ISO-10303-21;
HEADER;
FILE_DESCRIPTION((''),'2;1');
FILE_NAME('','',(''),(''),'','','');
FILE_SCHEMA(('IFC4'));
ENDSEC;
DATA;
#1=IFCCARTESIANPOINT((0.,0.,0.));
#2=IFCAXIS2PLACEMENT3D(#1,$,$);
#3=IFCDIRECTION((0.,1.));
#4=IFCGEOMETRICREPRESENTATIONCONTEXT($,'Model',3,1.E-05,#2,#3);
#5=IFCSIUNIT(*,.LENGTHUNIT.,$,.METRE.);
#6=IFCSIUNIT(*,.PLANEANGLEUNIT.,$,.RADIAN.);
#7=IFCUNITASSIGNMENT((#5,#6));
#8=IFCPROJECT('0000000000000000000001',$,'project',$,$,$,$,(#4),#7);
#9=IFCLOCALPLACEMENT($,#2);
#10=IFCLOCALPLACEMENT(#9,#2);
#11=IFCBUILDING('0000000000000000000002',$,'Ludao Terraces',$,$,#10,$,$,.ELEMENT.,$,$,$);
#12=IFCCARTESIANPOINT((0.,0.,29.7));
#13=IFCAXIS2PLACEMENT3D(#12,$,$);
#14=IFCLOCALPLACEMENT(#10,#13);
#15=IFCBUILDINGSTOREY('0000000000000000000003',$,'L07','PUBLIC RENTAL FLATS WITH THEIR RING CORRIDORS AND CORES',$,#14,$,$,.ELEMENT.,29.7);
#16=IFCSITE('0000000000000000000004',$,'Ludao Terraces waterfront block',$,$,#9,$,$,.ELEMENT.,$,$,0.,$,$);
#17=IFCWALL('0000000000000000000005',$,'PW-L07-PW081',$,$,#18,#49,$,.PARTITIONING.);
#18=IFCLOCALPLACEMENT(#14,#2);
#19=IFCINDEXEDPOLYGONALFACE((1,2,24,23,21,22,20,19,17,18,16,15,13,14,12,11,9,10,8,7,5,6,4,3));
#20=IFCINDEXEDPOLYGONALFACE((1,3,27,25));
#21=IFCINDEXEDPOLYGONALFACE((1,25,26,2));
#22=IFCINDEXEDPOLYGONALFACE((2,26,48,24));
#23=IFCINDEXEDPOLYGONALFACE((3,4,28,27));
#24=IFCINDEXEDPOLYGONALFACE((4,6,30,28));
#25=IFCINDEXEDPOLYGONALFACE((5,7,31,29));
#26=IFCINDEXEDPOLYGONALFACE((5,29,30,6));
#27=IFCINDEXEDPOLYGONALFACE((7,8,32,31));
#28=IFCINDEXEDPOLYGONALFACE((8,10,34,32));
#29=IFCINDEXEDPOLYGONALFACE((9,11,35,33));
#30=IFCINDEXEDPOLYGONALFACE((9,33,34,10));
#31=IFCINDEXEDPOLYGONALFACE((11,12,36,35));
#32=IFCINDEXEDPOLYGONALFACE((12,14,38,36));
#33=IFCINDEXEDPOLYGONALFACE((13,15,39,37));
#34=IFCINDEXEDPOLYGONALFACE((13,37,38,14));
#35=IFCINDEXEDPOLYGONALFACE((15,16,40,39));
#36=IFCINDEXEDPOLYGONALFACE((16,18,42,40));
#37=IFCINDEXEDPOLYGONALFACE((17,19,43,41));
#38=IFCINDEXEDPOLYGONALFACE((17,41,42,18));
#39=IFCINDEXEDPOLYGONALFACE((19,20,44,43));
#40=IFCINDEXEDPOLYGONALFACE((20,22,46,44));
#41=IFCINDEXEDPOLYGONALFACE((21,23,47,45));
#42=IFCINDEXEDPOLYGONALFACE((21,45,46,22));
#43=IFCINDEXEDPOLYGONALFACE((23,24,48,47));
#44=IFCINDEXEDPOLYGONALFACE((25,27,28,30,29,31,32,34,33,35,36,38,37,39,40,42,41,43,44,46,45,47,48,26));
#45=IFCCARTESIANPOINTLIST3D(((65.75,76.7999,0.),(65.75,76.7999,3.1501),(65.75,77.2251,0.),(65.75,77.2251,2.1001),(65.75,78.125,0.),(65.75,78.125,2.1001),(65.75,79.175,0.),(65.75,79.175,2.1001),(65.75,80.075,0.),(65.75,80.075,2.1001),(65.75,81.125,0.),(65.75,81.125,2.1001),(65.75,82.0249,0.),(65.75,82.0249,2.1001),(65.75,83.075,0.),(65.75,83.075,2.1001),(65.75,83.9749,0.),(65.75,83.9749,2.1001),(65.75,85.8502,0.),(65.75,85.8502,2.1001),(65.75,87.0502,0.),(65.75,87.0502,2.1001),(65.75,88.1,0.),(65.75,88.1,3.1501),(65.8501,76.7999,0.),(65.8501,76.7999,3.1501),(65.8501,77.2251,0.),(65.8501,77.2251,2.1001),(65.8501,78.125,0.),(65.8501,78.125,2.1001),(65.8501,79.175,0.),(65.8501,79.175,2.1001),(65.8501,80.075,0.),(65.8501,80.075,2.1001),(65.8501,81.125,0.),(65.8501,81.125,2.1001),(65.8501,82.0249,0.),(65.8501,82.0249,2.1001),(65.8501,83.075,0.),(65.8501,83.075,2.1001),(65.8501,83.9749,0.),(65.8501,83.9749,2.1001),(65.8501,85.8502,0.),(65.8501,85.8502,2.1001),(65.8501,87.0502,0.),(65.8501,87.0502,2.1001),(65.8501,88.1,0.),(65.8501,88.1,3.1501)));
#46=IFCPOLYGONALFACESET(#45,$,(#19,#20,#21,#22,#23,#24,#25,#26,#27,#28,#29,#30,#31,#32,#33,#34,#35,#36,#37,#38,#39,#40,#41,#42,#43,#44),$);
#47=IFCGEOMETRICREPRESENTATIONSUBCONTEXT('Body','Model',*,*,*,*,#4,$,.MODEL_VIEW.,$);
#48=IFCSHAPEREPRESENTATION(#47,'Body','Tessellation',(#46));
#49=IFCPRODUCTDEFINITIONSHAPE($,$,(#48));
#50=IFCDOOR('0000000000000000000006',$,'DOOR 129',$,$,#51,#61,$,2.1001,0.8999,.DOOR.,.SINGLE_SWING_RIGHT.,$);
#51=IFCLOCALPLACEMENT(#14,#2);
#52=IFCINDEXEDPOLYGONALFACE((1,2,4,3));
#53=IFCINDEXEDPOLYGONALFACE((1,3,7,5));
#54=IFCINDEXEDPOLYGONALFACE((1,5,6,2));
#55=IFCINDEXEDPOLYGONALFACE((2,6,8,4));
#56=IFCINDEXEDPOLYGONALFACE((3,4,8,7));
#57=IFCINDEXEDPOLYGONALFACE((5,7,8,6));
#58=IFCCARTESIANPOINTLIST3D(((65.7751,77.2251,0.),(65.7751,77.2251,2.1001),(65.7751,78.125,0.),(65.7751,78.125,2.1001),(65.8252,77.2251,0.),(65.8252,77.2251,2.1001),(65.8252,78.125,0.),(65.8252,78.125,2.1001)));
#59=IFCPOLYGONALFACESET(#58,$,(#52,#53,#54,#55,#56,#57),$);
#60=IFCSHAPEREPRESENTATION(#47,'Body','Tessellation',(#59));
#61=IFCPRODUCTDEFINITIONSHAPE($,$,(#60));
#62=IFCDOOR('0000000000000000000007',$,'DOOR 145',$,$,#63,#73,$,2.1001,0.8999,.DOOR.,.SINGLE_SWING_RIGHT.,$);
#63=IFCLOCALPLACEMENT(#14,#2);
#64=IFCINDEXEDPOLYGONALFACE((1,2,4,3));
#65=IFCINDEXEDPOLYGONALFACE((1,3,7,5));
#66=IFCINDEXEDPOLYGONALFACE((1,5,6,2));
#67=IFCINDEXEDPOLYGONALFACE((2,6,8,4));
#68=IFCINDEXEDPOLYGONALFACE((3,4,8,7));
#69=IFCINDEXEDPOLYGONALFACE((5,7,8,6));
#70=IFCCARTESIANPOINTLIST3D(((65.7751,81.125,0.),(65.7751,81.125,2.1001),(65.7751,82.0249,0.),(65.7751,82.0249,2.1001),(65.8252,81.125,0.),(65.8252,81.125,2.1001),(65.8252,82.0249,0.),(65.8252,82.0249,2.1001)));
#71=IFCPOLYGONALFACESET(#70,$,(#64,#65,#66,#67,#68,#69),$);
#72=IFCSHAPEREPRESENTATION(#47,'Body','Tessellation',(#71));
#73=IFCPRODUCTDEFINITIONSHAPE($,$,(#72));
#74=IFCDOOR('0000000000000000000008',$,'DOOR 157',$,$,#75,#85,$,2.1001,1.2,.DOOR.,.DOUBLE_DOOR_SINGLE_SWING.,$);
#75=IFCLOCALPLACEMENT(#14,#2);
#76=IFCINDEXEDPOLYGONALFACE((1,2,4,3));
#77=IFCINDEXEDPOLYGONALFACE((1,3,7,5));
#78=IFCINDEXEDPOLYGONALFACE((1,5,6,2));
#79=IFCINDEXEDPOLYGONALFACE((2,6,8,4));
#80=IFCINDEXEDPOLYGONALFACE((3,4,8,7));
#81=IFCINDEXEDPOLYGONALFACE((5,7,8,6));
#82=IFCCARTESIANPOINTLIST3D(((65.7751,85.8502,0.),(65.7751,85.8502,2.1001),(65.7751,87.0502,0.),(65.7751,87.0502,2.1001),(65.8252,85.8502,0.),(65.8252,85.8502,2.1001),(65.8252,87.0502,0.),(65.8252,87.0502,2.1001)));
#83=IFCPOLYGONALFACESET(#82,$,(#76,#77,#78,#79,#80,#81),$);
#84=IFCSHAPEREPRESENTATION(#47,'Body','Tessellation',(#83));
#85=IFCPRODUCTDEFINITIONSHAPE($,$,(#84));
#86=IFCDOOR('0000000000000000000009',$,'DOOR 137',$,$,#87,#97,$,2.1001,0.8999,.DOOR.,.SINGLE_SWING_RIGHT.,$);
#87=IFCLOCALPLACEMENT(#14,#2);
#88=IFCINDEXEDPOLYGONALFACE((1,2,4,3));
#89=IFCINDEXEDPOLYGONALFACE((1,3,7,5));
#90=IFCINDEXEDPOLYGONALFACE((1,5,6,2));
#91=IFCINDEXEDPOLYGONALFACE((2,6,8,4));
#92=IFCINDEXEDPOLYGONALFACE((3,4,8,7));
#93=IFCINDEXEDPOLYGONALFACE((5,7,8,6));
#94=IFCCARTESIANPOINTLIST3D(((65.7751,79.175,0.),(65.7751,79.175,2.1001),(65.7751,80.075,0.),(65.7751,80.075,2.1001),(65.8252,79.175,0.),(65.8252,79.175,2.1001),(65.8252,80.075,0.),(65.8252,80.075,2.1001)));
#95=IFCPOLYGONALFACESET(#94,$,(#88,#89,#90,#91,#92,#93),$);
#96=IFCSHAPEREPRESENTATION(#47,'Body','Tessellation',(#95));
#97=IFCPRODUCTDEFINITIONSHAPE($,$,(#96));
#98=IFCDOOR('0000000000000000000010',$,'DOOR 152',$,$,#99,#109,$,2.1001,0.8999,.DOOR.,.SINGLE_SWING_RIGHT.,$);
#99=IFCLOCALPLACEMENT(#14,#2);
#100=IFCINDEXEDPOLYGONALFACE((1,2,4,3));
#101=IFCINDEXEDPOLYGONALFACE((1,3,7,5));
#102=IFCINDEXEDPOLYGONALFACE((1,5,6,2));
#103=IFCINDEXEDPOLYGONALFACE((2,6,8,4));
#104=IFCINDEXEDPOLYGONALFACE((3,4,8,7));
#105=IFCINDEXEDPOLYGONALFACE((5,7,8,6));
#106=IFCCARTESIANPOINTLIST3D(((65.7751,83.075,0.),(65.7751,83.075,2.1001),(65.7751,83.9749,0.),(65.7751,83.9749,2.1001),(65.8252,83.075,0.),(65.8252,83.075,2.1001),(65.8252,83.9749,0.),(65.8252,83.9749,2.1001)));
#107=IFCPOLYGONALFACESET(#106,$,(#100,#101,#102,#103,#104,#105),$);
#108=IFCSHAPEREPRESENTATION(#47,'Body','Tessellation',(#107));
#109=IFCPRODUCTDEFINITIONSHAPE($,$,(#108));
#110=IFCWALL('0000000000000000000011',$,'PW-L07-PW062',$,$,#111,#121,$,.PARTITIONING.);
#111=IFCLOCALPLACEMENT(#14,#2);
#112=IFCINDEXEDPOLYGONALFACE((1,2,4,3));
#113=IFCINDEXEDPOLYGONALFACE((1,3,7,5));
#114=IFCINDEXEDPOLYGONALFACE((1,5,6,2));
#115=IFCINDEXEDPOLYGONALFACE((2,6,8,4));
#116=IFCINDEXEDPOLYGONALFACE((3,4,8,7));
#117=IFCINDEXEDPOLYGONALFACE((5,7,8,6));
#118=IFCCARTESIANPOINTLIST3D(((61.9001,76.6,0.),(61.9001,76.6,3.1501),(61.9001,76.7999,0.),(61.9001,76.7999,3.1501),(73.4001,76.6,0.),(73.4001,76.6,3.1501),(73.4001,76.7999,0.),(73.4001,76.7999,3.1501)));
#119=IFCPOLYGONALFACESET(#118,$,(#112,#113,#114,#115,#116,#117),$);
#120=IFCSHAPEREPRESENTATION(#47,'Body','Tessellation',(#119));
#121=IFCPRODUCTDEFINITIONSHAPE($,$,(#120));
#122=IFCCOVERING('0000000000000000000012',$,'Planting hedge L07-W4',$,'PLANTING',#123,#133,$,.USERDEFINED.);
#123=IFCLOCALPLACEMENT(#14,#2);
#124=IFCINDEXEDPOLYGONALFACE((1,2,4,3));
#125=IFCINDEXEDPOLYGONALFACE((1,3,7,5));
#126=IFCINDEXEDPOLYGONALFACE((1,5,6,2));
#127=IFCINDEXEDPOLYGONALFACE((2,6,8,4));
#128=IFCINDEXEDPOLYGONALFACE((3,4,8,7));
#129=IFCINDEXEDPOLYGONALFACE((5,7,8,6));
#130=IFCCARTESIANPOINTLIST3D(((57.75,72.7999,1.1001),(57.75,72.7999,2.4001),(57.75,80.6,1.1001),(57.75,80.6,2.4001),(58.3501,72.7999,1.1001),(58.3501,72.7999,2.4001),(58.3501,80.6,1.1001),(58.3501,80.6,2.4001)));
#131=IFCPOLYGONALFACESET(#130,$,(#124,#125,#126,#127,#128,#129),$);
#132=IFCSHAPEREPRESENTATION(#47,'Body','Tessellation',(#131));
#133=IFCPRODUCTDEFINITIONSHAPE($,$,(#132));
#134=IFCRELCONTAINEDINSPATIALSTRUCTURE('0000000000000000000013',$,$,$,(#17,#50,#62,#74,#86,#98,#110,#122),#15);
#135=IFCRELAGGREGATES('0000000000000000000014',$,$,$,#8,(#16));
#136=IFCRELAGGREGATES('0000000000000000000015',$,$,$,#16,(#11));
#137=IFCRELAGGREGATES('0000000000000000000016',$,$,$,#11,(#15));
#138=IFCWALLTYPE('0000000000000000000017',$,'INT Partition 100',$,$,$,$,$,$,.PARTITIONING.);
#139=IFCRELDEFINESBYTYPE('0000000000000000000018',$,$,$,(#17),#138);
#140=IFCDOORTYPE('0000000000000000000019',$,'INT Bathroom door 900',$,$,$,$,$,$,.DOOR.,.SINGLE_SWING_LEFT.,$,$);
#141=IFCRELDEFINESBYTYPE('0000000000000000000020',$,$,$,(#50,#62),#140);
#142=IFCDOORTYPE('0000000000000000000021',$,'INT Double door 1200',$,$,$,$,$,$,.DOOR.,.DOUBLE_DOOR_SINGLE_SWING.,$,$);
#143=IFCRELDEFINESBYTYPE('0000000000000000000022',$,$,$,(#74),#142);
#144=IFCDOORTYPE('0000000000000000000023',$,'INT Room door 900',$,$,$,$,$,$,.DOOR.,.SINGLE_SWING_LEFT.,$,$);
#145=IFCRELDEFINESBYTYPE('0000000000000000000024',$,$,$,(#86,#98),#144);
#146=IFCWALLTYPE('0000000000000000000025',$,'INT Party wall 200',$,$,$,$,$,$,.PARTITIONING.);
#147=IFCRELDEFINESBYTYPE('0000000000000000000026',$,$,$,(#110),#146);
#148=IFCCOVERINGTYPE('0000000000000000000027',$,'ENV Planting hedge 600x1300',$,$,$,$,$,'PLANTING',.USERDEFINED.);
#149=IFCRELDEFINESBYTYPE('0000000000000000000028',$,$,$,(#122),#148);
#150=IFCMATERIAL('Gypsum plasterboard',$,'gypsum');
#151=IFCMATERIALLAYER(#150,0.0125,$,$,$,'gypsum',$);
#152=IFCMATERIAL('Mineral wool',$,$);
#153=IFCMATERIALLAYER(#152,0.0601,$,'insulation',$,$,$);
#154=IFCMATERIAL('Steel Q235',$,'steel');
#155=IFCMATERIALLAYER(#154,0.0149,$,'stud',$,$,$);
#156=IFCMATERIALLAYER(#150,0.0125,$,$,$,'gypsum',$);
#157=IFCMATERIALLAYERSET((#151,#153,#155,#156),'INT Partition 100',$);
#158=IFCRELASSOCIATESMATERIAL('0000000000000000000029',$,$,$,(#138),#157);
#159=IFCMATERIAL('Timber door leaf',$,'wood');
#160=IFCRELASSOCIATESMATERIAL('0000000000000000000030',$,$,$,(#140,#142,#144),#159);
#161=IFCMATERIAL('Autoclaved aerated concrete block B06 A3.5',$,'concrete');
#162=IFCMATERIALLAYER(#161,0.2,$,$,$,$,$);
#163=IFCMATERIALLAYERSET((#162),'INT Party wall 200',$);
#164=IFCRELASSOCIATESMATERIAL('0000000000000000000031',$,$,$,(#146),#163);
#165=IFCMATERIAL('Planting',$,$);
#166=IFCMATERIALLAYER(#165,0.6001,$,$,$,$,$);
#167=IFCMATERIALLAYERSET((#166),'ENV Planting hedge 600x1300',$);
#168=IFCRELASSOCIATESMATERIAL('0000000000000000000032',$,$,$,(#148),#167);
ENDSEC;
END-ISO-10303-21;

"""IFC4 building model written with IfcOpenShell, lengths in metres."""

from ifc_helpers import new_model, si_unit, direction, frame, frame_2d, origin, origin_2d, place, context, subcontext, project, spatial, rectangle, extrude, material, layer, layer_set, type_object, element, fill, save


model = new_model("IFC4")

# Units and contexts
model_context = context("Model", 3, precision=1e-05, world=origin(), true_north=direction((0.0, 1.0)))
body_context = subcontext(model_context, "Body", "Model", "MODEL_VIEW")
ifc_project = project(units=[si_unit("LENGTHUNIT", "METRE"), si_unit("PLANEANGLEUNIT", "RADIAN")], contexts=[model_context])

# Site, building, storey
site_placement = place(None, origin())
site = spatial("IfcSite", under=ifc_project, at=site_placement, Name="Ludao Terraces waterfront block", CompositionType="ELEMENT", RefElevation=0.0)
building_placement = place(site_placement, origin())
building = spatial("IfcBuilding", under=site, at=building_placement, Name="Ludao Terraces", CompositionType="ELEMENT")
storey_placement = place(building_placement, frame((0.0, 0.0, 29.7)))
storey = spatial("IfcBuildingStorey", under=building, at=storey_placement, Name="L07", Description="PUBLIC RENTAL FLATS WITH THEIR RING CORRIDORS AND CORES", CompositionType="ELEMENT", Elevation=29.7)

# Shared definitions
ifc_material_1 = material(Name="Mineral wool")

# Shared definitions
ifc_material_2 = material(Name="Gypsum plasterboard", Category="gypsum")
ifc_layer_1 = layer(ifc_material_2, 0.0125, Category="gypsum")
ifc_layer_2 = layer(ifc_material_1, 0.0601, Name="insulation")
ifc_material_3 = material(Name="Steel Q235", Category="steel")
ifc_layer_3 = layer(ifc_material_3, 0.0149, Name="stud")
ifc_layer_4 = layer(ifc_material_2, 0.0125, Category="gypsum")
ifc_layer_set_1 = layer_set([ifc_layer_1, ifc_layer_2, ifc_layer_3, ifc_layer_4], Name="INT Partition 100")
wall_type_1 = type_object("IfcWallType", Name="INT Partition 100", PredefinedType="PARTITIONING", material=ifc_layer_set_1)

# Wall, openings, doors
wall_1_placement = place(storey_placement, frame((65.8, 76.8, 0.0), z_axis=(0.0, 0.0, 1.0), x_axis=(0.0, 1.0, 0.0)))
wall_1 = element("IfcWall", 1, at=wall_1_placement, inside=storey, type_object=wall_type_1, Name="PW-L07-PW081", PredefinedType="PARTITIONING", context=body_context, shape_type="SweptSolid", body=[
    extrude(rectangle(XDim=11.3, YDim=0.1001, at=frame_2d((5.6499, 0.0))), origin(), (0.0, 0.0, 1.0), 3.1501),
])
opening_1_placement = place(wall_1_placement, frame((0.425, 0.0, 0.0)))
opening_1 = element("IfcOpeningElement", 2, at=opening_1_placement, cuts=wall_1, PredefinedType="OPENING", context=body_context, shape_type="SweptSolid", body=[
    extrude(rectangle(XDim=0.8999, YDim=2.1001, at=frame_2d((0.45, 1.05))), frame((0.0, 0.0601, 0.0), z_axis=(0.0, -1.0, 0.0), x_axis=(1.0, 0.0, 0.0)), (0.0, 0.0, 1.0), 0.1201),
])
opening_2_placement = place(wall_1_placement, frame((2.375, 0.0, 0.0)))
opening_2 = element("IfcOpeningElement", 3, at=opening_2_placement, cuts=wall_1, PredefinedType="OPENING", context=body_context, shape_type="SweptSolid", body=[
    extrude(rectangle(XDim=0.8999, YDim=2.1001, at=frame_2d((0.45, 1.05))), frame((0.0, 0.0601, 0.0), z_axis=(0.0, -1.0, 0.0), x_axis=(1.0, 0.0, 0.0)), (0.0, 0.0, 1.0), 0.1201),
])
opening_3_placement = place(wall_1_placement, frame((4.325, 0.0, 0.0)))
opening_3 = element("IfcOpeningElement", 4, at=opening_3_placement, cuts=wall_1, PredefinedType="OPENING", context=body_context, shape_type="SweptSolid", body=[
    extrude(rectangle(XDim=0.8999, YDim=2.1001, at=frame_2d((0.45, 1.05))), frame((0.0, 0.0601, 0.0), z_axis=(0.0, -1.0, 0.0), x_axis=(1.0, 0.0, 0.0)), (0.0, 0.0, 1.0), 0.1201),
])
opening_4_placement = place(wall_1_placement, frame((6.2749, 0.0, 0.0)))
opening_4 = element("IfcOpeningElement", 5, at=opening_4_placement, cuts=wall_1, PredefinedType="OPENING", context=body_context, shape_type="SweptSolid", body=[
    extrude(rectangle(XDim=0.8999, YDim=2.1001, at=frame_2d((0.45, 1.05))), frame((0.0, 0.0601, 0.0), z_axis=(0.0, -1.0, 0.0), x_axis=(1.0, 0.0, 0.0)), (0.0, 0.0, 1.0), 0.1201),
])
opening_5_placement = place(wall_1_placement, frame((9.05, 0.0, 0.0)))
opening_5 = element("IfcOpeningElement", 6, at=opening_5_placement, cuts=wall_1, PredefinedType="OPENING", context=body_context, shape_type="SweptSolid", body=[
    extrude(rectangle(XDim=1.2, YDim=2.1001, at=frame_2d((0.6001, 1.05))), frame((0.0, 0.0601, 0.0), z_axis=(0.0, -1.0, 0.0), x_axis=(1.0, 0.0, 0.0)), (0.0, 0.0, 1.0), 0.1201),
])
ifc_material_4 = material(Name="Timber door leaf", Category="wood")
door_type_1 = type_object("IfcDoorType", Name="INT Bathroom door 900", OperationType="SINGLE_SWING_LEFT", PredefinedType="DOOR", material=ifc_material_4)
door_1_placement = place(opening_1_placement, origin())
door_1 = element("IfcDoor", 7, at=door_1_placement, inside=storey, type_object=door_type_1, Name="DOOR 129", OperationType="SINGLE_SWING_RIGHT", OverallHeight=2.1001, OverallWidth=0.8999, PredefinedType="DOOR", context=body_context, shape_type="SweptSolid", body=[
    extrude(rectangle(XDim=0.8999, YDim=2.1001, at=frame_2d((0.45, 1.05))), frame((0.0, 0.0249, 0.0), z_axis=(0.0, -1.0, 0.0), x_axis=(1.0, 0.0, 0.0)), (0.0, 0.0, 1.0), 0.05),
])
fill(opening_1, door_1)
door_2_placement = place(opening_3_placement, origin())
door_2 = element("IfcDoor", 8, at=door_2_placement, inside=storey, type_object=door_type_1, Name="DOOR 145", OperationType="SINGLE_SWING_RIGHT", OverallHeight=2.1001, OverallWidth=0.8999, PredefinedType="DOOR", context=body_context, shape_type="SweptSolid", body=[
    extrude(rectangle(XDim=0.8999, YDim=2.1001, at=frame_2d((0.45, 1.05))), frame((0.0, 0.0249, 0.0), z_axis=(0.0, -1.0, 0.0), x_axis=(1.0, 0.0, 0.0)), (0.0, 0.0, 1.0), 0.05),
])
fill(opening_3, door_2)
door_type_2 = type_object("IfcDoorType", Name="INT Double door 1200", OperationType="DOUBLE_DOOR_SINGLE_SWING", PredefinedType="DOOR", material=ifc_material_4)
door_3_placement = place(opening_5_placement, origin())
door_3 = element("IfcDoor", 9, at=door_3_placement, inside=storey, type_object=door_type_2, Name="DOOR 157", OperationType="DOUBLE_DOOR_SINGLE_SWING", OverallHeight=2.1001, OverallWidth=1.2, PredefinedType="DOOR", context=body_context, shape_type="SweptSolid", body=[
    extrude(rectangle(XDim=1.2, YDim=2.1001, at=frame_2d((0.6001, 1.05))), frame((0.0, 0.0249, 0.0), z_axis=(0.0, -1.0, 0.0), x_axis=(1.0, 0.0, 0.0)), (0.0, 0.0, 1.0), 0.05),
])
fill(opening_5, door_3)
door_type_3 = type_object("IfcDoorType", Name="INT Room door 900", OperationType="SINGLE_SWING_LEFT", PredefinedType="DOOR", material=ifc_material_4)
door_4_placement = place(opening_2_placement, origin())
door_4 = element("IfcDoor", 10, at=door_4_placement, inside=storey, type_object=door_type_3, Name="DOOR 137", OperationType="SINGLE_SWING_RIGHT", OverallHeight=2.1001, OverallWidth=0.8999, PredefinedType="DOOR", context=body_context, shape_type="SweptSolid", body=[
    extrude(rectangle(XDim=0.8999, YDim=2.1001, at=frame_2d((0.45, 1.05))), frame((0.0, 0.0249, 0.0), z_axis=(0.0, -1.0, 0.0), x_axis=(1.0, 0.0, 0.0)), (0.0, 0.0, 1.0), 0.05),
])
fill(opening_2, door_4)
door_5_placement = place(opening_4_placement, origin())
door_5 = element("IfcDoor", 11, at=door_5_placement, inside=storey, type_object=door_type_3, Name="DOOR 152", OperationType="SINGLE_SWING_RIGHT", OverallHeight=2.1001, OverallWidth=0.8999, PredefinedType="DOOR", context=body_context, shape_type="SweptSolid", body=[
    extrude(rectangle(XDim=0.8999, YDim=2.1001, at=frame_2d((0.45, 1.05))), frame((0.0, 0.0249, 0.0), z_axis=(0.0, -1.0, 0.0), x_axis=(1.0, 0.0, 0.0)), (0.0, 0.0, 1.0), 0.05),
])
fill(opening_4, door_5)

# Wall
ifc_material_5 = material(Name="Autoclaved aerated concrete block B06 A3.5", Category="concrete")
ifc_layer_5 = layer(ifc_material_5, 0.2)
ifc_layer_set_2 = layer_set([ifc_layer_5], Name="INT Party wall 200")
wall_type_2 = type_object("IfcWallType", Name="INT Party wall 200", PredefinedType="PARTITIONING", material=ifc_layer_set_2)
wall_2_placement = place(storey_placement, frame((61.9001, 76.7, 0.0), z_axis=(0.0, 0.0, 1.0), x_axis=(1.0, 0.0, 0.0)))
element("IfcWall", 12, at=wall_2_placement, inside=storey, type_object=wall_type_2, Name="PW-L07-PW062", PredefinedType="PARTITIONING", context=body_context, shape_type="SweptSolid", body=[
    extrude(rectangle(XDim=11.5, YDim=0.2, at=frame_2d((5.75, 0.0))), origin(), (0.0, 0.0, 1.0), 3.1501),
])

# Covering
ifc_material_6 = material(Name="Planting")
ifc_layer_6 = layer(ifc_material_6, 0.6001)
ifc_layer_set_3 = layer_set([ifc_layer_6], Name="ENV Planting hedge 600x1300")
covering_type = type_object("IfcCoveringType", Name="ENV Planting hedge 600x1300", ElementType="PLANTING", PredefinedType="USERDEFINED", material=ifc_layer_set_3)
covering_placement = place(storey_placement, frame((58.05, 76.7, 1.1001), z_axis=(0.0, 0.0, 1.0), x_axis=(1.0, 0.0, 0.0)))
element("IfcCovering", 13, at=covering_placement, inside=storey, type_object=covering_type, Name="Planting hedge L07-W4", ObjectType="PLANTING", PredefinedType="USERDEFINED", context=body_context, shape_type="SweptSolid", body=[
    extrude(rectangle(XDim=0.6001, YDim=7.8, at=origin_2d()), origin(), (0.0, 0.0, 1.0), 1.3),
])

save(model, "model.ifc")
